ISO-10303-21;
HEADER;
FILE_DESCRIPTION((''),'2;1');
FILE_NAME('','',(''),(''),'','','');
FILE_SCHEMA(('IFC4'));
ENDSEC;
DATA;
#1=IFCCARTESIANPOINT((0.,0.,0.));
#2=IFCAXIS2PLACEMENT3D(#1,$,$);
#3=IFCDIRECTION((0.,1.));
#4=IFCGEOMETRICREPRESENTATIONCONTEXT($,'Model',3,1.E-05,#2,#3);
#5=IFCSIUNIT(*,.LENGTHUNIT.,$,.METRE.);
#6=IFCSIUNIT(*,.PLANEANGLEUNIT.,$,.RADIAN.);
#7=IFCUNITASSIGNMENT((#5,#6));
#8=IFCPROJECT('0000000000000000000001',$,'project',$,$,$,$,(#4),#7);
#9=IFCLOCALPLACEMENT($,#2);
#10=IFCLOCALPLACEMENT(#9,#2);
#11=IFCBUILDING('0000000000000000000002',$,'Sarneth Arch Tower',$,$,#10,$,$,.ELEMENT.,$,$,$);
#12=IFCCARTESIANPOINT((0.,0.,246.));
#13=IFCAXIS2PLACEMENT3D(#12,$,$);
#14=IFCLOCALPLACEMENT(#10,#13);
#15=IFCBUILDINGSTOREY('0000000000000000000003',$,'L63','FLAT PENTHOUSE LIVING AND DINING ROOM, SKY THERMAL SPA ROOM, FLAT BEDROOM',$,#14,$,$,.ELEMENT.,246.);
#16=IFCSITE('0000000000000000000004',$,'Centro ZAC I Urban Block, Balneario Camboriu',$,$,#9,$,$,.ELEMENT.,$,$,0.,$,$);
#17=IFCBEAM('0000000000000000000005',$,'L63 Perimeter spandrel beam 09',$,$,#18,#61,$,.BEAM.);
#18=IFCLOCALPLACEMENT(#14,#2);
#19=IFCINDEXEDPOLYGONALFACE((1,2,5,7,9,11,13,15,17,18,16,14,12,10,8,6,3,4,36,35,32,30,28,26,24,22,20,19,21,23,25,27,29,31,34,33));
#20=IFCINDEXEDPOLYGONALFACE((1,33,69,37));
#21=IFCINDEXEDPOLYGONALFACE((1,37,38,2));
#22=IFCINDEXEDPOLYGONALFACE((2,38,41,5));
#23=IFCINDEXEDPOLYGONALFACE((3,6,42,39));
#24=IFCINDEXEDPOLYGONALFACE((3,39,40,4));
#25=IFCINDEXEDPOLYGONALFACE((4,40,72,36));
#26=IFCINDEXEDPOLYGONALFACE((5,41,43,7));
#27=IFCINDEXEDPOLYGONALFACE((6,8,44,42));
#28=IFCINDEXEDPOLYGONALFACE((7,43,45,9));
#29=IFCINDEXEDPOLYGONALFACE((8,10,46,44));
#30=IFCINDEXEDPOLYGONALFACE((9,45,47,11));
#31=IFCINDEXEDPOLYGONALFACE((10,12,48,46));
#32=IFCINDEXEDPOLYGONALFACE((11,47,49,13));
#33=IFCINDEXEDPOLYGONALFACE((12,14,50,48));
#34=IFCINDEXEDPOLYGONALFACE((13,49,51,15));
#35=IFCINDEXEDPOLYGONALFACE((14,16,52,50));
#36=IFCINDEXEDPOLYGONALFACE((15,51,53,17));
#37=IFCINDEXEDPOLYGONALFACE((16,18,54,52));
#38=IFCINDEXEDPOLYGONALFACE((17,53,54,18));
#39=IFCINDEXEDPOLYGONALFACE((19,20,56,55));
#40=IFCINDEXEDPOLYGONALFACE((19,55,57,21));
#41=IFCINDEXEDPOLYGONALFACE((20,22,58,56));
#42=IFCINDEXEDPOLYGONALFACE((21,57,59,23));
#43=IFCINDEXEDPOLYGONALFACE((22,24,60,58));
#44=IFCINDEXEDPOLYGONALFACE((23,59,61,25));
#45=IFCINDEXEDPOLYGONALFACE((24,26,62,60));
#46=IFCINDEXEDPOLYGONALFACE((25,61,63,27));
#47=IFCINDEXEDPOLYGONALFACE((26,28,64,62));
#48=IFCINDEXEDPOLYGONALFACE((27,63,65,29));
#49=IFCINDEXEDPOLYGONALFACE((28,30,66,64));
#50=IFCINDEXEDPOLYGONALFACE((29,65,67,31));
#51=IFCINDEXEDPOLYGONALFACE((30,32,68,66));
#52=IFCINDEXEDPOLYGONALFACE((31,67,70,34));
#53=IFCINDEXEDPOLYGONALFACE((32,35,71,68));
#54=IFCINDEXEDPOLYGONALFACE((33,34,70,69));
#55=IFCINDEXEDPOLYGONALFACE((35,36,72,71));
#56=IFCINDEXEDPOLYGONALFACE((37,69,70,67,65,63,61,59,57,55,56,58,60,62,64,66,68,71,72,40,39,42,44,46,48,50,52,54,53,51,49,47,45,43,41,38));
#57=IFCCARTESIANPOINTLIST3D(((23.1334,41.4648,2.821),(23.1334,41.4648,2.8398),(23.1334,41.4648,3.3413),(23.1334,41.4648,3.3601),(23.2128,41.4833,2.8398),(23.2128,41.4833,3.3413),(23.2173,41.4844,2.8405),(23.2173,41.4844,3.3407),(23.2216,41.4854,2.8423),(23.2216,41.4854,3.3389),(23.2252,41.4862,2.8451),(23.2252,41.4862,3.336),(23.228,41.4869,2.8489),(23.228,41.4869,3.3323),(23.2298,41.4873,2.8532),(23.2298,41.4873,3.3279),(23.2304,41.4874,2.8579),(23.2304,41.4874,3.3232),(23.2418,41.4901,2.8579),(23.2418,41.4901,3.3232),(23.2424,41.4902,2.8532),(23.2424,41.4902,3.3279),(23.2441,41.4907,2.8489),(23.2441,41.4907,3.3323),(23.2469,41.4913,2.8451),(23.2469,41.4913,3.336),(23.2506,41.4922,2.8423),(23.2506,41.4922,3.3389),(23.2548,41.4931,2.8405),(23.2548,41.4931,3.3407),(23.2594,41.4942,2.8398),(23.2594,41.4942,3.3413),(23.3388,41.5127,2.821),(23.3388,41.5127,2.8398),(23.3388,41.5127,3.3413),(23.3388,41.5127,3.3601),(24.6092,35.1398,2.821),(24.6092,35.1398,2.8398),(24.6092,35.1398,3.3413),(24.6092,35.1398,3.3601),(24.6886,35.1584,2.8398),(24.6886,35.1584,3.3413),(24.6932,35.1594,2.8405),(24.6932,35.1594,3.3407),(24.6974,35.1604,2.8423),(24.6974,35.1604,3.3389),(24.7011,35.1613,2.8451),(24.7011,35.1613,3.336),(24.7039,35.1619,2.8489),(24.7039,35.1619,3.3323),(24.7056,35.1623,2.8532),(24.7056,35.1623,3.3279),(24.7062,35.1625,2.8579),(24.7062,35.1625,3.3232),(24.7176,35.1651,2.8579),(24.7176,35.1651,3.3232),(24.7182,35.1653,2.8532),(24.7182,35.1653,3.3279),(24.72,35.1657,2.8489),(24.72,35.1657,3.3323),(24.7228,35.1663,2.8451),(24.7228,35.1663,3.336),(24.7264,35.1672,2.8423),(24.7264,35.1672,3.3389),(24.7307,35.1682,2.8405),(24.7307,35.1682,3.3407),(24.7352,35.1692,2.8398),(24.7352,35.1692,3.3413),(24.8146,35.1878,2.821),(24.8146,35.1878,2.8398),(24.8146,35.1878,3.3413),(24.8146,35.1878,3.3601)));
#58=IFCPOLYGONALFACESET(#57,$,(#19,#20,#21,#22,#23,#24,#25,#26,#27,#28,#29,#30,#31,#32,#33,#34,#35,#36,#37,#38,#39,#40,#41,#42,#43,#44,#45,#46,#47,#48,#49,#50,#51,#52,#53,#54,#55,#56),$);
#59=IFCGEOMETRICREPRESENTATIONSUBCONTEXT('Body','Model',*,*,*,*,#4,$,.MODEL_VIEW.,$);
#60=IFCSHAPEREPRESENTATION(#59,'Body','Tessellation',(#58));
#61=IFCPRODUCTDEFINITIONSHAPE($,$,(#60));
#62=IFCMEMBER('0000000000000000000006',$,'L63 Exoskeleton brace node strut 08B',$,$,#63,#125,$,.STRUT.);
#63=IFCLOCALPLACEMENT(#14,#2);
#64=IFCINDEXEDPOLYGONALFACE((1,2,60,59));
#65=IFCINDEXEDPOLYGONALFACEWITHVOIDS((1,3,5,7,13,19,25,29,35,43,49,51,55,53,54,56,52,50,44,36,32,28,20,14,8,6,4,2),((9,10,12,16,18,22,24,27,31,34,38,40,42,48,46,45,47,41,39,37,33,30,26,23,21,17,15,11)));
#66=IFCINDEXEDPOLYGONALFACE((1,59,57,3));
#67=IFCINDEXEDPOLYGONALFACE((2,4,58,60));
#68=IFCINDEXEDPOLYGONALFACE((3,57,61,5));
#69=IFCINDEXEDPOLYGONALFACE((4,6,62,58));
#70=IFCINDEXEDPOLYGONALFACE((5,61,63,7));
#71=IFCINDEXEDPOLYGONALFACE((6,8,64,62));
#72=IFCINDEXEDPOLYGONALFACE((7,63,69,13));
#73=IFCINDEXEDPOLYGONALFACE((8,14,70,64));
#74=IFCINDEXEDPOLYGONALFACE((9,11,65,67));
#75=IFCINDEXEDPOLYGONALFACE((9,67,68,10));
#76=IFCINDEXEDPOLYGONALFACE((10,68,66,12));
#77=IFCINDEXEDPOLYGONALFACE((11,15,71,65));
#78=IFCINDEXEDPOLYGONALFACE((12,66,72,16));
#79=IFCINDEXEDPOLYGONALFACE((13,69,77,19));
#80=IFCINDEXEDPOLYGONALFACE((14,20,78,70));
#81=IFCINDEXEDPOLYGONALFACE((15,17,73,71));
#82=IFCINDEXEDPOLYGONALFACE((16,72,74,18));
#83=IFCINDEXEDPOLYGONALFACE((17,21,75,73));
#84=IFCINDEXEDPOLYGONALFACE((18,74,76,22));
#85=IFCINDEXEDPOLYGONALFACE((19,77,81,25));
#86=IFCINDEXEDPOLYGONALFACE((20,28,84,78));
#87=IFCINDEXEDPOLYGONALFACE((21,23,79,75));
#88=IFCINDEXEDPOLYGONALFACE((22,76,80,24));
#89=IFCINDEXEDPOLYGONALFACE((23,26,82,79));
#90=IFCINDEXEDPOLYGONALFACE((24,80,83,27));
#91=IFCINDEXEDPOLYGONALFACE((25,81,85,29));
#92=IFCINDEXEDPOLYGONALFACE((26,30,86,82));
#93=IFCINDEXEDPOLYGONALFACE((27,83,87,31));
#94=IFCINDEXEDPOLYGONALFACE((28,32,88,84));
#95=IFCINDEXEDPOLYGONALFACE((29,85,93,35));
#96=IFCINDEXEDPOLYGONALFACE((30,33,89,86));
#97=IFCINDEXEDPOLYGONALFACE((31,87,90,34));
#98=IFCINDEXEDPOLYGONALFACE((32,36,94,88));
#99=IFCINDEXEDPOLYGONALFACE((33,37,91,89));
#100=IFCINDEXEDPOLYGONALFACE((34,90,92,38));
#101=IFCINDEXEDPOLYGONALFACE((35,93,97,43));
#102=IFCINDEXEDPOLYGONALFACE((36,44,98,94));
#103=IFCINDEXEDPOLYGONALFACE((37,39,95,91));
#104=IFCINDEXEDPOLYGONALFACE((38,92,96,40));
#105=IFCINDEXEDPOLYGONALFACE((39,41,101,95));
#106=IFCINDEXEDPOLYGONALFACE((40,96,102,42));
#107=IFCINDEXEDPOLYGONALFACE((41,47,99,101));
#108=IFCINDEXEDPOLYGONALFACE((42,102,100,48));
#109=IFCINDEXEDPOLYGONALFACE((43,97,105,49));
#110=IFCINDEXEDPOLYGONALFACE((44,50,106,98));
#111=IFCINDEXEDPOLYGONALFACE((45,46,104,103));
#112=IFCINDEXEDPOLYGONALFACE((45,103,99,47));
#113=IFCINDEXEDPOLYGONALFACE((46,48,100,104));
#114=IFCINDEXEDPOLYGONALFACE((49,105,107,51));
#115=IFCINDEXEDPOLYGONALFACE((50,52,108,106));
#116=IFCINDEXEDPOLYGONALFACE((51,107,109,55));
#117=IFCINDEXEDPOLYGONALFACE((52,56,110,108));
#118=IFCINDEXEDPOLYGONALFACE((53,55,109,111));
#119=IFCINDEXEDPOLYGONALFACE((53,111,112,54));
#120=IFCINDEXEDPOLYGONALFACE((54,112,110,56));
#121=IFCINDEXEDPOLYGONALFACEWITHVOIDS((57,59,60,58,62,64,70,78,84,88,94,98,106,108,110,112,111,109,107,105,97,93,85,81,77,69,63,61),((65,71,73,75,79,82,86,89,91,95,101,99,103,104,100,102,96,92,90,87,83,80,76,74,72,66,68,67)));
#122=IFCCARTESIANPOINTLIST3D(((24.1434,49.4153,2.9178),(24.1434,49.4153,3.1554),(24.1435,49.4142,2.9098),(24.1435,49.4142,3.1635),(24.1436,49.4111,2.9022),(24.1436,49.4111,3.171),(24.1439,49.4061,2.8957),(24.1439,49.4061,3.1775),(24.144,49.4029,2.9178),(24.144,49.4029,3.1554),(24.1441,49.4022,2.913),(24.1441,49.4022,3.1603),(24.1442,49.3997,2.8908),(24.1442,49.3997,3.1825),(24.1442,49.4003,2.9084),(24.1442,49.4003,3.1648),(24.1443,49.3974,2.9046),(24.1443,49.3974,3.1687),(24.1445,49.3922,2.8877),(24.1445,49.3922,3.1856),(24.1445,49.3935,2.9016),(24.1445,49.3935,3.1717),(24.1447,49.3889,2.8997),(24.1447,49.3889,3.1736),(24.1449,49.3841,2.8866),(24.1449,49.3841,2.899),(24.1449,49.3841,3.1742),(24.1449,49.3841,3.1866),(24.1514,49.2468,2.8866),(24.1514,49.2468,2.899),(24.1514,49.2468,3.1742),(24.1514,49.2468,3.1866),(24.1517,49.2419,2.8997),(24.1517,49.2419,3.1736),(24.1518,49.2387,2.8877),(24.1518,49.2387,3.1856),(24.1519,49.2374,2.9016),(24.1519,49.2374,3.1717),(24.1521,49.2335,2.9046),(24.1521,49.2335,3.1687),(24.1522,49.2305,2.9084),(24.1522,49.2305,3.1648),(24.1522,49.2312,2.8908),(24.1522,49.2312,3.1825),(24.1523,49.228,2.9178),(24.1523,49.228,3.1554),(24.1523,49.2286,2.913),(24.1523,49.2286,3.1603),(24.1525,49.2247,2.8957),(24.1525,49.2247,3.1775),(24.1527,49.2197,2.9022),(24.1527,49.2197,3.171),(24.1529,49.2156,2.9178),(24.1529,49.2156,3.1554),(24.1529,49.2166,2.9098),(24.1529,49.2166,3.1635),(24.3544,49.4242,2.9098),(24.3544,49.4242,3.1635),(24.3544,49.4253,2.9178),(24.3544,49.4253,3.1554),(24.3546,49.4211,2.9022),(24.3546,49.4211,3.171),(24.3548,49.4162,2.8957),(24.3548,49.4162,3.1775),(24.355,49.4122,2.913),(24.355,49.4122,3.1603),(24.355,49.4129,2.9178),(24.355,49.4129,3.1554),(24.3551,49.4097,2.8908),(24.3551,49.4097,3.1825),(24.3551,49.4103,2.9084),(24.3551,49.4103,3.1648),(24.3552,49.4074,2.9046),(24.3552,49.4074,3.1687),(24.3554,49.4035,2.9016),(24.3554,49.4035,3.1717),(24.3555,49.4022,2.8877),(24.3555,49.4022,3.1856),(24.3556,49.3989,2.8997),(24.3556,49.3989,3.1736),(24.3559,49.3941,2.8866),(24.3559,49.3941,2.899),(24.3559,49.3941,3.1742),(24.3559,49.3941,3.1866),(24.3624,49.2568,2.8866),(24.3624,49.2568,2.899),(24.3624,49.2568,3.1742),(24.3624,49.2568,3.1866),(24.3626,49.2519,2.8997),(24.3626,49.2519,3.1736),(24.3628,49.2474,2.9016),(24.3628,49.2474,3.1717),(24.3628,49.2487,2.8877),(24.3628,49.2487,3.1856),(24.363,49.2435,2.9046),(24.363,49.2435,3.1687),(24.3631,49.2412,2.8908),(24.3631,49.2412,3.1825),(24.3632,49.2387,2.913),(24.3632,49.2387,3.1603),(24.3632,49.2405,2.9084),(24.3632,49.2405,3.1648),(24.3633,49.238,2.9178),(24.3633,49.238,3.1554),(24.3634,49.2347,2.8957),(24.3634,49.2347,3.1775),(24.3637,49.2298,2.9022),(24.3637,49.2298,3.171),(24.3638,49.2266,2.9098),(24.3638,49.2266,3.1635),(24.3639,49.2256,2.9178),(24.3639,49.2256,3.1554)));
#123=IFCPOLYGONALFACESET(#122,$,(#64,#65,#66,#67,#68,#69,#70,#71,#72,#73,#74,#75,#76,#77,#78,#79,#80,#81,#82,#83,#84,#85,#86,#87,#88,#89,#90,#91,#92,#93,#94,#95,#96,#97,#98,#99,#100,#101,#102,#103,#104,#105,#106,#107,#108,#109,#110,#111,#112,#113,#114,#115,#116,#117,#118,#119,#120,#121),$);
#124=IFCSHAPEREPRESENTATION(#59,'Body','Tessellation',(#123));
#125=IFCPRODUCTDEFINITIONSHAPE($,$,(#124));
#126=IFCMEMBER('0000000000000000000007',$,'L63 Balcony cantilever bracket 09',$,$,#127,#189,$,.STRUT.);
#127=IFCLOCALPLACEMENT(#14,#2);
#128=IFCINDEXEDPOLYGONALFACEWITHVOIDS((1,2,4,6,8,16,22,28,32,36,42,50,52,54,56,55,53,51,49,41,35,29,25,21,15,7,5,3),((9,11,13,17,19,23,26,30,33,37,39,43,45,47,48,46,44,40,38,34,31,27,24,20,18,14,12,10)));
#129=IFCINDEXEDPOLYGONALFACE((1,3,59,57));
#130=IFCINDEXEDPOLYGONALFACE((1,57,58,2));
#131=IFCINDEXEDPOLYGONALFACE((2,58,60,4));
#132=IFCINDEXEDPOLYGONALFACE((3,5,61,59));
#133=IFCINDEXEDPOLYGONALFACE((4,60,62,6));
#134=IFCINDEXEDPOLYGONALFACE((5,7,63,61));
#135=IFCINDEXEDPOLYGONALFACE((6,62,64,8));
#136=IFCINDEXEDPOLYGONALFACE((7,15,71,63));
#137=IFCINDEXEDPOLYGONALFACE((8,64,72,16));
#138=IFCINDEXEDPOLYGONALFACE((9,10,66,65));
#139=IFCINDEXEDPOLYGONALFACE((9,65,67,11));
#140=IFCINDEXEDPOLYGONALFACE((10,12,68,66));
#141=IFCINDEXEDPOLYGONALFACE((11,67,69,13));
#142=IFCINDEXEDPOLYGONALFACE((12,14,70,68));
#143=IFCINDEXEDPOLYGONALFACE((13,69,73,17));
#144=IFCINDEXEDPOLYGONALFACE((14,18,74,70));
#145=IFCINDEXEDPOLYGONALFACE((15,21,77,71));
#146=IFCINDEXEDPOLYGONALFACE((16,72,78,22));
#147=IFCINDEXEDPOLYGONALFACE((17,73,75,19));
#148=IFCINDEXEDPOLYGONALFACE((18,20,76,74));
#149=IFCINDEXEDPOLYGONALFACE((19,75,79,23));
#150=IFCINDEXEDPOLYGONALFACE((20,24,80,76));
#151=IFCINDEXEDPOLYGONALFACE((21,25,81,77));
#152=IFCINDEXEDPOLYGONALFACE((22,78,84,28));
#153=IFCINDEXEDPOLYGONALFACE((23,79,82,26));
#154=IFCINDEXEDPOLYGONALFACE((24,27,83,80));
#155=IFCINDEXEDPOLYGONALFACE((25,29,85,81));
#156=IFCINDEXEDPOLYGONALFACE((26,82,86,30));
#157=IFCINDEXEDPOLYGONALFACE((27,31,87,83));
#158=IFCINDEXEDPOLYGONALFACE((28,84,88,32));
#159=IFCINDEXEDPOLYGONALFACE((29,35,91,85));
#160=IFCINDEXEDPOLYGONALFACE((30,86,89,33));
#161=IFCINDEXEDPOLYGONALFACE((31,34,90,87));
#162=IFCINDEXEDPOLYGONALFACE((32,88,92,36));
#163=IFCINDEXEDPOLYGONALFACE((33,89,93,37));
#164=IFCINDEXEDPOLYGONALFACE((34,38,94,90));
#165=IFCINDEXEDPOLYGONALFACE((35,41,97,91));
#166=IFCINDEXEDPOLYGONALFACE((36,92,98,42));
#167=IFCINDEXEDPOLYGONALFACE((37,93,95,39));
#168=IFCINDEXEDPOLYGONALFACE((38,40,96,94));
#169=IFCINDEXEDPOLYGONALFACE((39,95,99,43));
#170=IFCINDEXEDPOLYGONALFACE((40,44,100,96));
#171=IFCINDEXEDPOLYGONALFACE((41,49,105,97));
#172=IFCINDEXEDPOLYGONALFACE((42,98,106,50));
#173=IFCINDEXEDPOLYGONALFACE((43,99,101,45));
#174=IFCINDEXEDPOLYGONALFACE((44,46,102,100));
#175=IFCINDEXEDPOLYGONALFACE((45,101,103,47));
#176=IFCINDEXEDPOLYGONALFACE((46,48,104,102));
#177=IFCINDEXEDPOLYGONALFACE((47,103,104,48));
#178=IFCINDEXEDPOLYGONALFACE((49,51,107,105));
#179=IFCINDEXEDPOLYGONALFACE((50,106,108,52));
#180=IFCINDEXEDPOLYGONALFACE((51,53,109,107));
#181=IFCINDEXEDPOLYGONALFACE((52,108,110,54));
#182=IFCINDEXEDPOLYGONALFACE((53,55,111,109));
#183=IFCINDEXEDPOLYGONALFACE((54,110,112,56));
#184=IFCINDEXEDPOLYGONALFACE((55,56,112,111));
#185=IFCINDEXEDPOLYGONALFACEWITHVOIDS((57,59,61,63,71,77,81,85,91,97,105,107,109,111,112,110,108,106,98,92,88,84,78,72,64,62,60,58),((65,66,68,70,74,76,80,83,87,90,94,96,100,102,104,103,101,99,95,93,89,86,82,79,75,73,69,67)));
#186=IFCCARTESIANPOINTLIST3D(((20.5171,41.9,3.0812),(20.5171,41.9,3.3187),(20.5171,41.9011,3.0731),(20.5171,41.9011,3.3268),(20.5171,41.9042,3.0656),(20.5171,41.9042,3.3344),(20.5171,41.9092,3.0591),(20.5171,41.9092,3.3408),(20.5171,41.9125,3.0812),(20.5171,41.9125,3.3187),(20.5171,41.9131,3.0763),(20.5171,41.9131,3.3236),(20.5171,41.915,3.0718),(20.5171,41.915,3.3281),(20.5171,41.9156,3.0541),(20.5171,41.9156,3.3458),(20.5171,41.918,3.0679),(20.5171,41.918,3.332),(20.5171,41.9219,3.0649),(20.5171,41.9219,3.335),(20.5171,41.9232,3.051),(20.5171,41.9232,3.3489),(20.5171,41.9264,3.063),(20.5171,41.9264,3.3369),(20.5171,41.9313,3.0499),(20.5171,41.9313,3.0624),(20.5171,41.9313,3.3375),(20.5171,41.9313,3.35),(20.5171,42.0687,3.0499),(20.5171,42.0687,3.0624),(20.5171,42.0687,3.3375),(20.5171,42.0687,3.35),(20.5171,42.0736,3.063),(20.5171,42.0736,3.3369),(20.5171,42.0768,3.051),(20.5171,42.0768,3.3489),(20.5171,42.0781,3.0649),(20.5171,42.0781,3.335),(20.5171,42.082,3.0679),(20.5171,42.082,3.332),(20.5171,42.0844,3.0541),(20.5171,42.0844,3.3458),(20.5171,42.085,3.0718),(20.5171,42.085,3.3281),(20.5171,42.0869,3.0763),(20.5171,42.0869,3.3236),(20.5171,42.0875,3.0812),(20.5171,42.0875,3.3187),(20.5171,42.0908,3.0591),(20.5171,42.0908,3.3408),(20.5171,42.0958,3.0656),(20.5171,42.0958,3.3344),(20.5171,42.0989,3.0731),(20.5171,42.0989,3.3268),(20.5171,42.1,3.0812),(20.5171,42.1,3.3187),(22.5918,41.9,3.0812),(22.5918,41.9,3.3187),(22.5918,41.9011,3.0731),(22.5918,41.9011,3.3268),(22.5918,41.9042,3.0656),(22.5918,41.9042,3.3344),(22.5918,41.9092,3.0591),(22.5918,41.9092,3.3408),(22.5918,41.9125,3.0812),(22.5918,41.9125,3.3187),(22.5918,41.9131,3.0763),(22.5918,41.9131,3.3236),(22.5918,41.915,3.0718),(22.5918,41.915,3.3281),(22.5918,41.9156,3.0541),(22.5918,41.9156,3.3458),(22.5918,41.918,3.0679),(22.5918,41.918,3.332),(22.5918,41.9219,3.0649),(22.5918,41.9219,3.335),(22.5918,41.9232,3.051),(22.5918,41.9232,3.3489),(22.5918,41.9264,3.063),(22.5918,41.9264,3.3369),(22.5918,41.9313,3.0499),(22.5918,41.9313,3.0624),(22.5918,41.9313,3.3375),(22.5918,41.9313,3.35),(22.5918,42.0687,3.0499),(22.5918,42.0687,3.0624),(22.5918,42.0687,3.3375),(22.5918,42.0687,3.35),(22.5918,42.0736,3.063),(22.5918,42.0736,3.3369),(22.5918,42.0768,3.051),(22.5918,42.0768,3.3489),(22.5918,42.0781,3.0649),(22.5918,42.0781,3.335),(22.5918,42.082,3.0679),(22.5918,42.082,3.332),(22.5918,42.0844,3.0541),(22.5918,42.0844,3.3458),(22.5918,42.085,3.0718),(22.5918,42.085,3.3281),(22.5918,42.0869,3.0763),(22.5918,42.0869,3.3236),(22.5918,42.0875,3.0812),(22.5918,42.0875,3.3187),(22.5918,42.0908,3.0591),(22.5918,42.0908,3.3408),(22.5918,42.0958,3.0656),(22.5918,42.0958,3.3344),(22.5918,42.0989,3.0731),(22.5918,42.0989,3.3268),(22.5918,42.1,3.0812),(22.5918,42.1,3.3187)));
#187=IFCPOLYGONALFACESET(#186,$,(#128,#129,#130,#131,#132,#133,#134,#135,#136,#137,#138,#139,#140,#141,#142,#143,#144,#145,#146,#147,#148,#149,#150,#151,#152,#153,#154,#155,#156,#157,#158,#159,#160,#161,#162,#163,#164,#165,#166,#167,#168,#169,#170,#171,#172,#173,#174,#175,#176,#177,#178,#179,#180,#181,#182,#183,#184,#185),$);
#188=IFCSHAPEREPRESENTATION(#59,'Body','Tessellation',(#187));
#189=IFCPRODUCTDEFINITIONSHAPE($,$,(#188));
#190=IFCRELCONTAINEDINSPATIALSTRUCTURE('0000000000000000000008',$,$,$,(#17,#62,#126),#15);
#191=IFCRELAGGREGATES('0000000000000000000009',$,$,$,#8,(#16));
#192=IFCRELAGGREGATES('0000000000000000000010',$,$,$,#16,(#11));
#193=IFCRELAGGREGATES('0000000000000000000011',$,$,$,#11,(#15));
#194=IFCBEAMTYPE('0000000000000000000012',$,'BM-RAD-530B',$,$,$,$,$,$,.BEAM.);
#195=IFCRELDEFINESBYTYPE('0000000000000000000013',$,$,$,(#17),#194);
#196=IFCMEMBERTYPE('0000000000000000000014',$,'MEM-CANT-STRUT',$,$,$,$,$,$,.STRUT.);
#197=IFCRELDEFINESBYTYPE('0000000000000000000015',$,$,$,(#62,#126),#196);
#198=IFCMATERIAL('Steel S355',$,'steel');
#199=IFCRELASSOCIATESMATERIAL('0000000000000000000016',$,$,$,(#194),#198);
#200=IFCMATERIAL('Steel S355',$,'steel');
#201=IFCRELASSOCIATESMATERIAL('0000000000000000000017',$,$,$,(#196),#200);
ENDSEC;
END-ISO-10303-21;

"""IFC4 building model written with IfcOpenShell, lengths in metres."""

from ifc_helpers import new_model, si_unit, direction, frame, origin, origin_2d, place, context, subcontext, project, spatial, hollow_rectangle, i_section, extrude, material, material_profile, profile_set, type_object, element, save


model = new_model("IFC4")

# Units and contexts
model_context = context("Model", 3, precision=1e-05, world=origin(), true_north=direction((0.0, 1.0)))
body_context = subcontext(model_context, "Body", "Model", "MODEL_VIEW")
ifc_project = project(units=[si_unit("LENGTHUNIT", "METRE"), si_unit("PLANEANGLEUNIT", "RADIAN")], contexts=[model_context])

# Site, building, storey
site_placement = place(None, origin())
site = spatial("IfcSite", under=ifc_project, at=site_placement, Name="Centro ZAC I Urban Block, Balneario Camboriu", CompositionType="ELEMENT", RefElevation=0.0)
building_placement = place(site_placement, origin())
building = spatial("IfcBuilding", under=site, at=building_placement, Name="Sarneth Arch Tower", CompositionType="ELEMENT")
storey_placement = place(building_placement, frame((0.0, 0.0, 246.0)))
storey = spatial("IfcBuildingStorey", under=building, at=storey_placement, Name="L63", Description="FLAT PENTHOUSE LIVING AND DINING ROOM, SKY THERMAL SPA ROOM, FLAT BEDROOM", CompositionType="ELEMENT", Elevation=246.0)

# Beam
ifc_material_1 = material(Name="Steel S355", Category="steel")
ifc_material_profile_1 = material_profile(ifc_material_1, i_section(OverallWidth=0.2109, OverallDepth=0.5391, WebThickness=0.0117, FlangeThickness=0.0188, FilletRadius=0.0181, at=origin_2d()), Name="W530x109")
ifc_profile_set_1 = profile_set([ifc_material_profile_1], Name="Steel S355")
beam_type_1 = type_object("IfcBeamType", Name="BM-RAD-530B", PredefinedType="BEAM", material=ifc_profile_set_1)
for number, where, z_axis, x_axis, name in (
    (1, (23.2361, 41.4888, 3.0906), (0.227231, -0.973841, 0.0), (0.973841, 0.227231, 0.0), "L63 Perimeter spandrel beam 09"),
):
    element("IfcBeam", number, at=place(storey_placement, frame(where, z_axis=z_axis, x_axis=x_axis)), inside=storey, type_object=beam_type_1, Name=name, PredefinedType="BEAM", context=body_context, shape_type="SweptSolid", body=[
        extrude(i_section(OverallWidth=0.2109, OverallDepth=0.5391, WebThickness=0.0117, FlangeThickness=0.0188, FilletRadius=0.0181, at=origin_2d()), origin(), (0.0, 0.0, 1.0), 6.4949),
    ])

# Members
ifc_material_2 = material(Name="Steel S355", Category="steel")
ifc_material_profile_2 = material_profile(ifc_material_2, hollow_rectangle(XDim=0.2, YDim=0.3, WallThickness=0.0125, InnerFilletRadius=0.0188, OuterFilletRadius=0.0312, at=origin_2d()), Name="RHS300x200x12.5")
ifc_profile_set_2 = profile_set([ifc_material_profile_2], Name="Steel S355")
member_type_1 = type_object("IfcMemberType", Name="MEM-CANT-STRUT", PredefinedType="STRUT", material=ifc_profile_set_2)
member_1_placement = place(storey_placement, frame((24.3591, 49.3254, 3.0366), z_axis=(-0.998876, -0.0474, 0.0), x_axis=(0.0474, -0.998876, 0.0)))
element("IfcMember", 2, at=member_1_placement, inside=storey, type_object=member_type_1, Name="L63 Exoskeleton brace node strut 08B", PredefinedType="STRUT", context=body_context, shape_type="SweptSolid", body=[
    extrude(hollow_rectangle(XDim=0.2, YDim=0.3, WallThickness=0.0125, InnerFilletRadius=0.0188, OuterFilletRadius=0.0312, at=origin_2d()), origin(), (0.0, 0.0, 1.0), 0.2112),
])
member_2_placement = place(storey_placement, frame((22.5918, 42.0, 3.2), z_axis=(-1.0, 0.0, 0.0), x_axis=(0.0, -1.0, 0.0)))
element("IfcMember", 3, at=member_2_placement, inside=storey, type_object=member_type_1, Name="L63 Balcony cantilever bracket 09", PredefinedType="STRUT", context=body_context, shape_type="SweptSolid", body=[
    extrude(hollow_rectangle(XDim=0.2, YDim=0.3, WallThickness=0.0125, InnerFilletRadius=0.0188, OuterFilletRadius=0.0312, at=origin_2d()), origin(), (0.0, 0.0, 1.0), 2.0747),
])

save(model, "model.ifc")
